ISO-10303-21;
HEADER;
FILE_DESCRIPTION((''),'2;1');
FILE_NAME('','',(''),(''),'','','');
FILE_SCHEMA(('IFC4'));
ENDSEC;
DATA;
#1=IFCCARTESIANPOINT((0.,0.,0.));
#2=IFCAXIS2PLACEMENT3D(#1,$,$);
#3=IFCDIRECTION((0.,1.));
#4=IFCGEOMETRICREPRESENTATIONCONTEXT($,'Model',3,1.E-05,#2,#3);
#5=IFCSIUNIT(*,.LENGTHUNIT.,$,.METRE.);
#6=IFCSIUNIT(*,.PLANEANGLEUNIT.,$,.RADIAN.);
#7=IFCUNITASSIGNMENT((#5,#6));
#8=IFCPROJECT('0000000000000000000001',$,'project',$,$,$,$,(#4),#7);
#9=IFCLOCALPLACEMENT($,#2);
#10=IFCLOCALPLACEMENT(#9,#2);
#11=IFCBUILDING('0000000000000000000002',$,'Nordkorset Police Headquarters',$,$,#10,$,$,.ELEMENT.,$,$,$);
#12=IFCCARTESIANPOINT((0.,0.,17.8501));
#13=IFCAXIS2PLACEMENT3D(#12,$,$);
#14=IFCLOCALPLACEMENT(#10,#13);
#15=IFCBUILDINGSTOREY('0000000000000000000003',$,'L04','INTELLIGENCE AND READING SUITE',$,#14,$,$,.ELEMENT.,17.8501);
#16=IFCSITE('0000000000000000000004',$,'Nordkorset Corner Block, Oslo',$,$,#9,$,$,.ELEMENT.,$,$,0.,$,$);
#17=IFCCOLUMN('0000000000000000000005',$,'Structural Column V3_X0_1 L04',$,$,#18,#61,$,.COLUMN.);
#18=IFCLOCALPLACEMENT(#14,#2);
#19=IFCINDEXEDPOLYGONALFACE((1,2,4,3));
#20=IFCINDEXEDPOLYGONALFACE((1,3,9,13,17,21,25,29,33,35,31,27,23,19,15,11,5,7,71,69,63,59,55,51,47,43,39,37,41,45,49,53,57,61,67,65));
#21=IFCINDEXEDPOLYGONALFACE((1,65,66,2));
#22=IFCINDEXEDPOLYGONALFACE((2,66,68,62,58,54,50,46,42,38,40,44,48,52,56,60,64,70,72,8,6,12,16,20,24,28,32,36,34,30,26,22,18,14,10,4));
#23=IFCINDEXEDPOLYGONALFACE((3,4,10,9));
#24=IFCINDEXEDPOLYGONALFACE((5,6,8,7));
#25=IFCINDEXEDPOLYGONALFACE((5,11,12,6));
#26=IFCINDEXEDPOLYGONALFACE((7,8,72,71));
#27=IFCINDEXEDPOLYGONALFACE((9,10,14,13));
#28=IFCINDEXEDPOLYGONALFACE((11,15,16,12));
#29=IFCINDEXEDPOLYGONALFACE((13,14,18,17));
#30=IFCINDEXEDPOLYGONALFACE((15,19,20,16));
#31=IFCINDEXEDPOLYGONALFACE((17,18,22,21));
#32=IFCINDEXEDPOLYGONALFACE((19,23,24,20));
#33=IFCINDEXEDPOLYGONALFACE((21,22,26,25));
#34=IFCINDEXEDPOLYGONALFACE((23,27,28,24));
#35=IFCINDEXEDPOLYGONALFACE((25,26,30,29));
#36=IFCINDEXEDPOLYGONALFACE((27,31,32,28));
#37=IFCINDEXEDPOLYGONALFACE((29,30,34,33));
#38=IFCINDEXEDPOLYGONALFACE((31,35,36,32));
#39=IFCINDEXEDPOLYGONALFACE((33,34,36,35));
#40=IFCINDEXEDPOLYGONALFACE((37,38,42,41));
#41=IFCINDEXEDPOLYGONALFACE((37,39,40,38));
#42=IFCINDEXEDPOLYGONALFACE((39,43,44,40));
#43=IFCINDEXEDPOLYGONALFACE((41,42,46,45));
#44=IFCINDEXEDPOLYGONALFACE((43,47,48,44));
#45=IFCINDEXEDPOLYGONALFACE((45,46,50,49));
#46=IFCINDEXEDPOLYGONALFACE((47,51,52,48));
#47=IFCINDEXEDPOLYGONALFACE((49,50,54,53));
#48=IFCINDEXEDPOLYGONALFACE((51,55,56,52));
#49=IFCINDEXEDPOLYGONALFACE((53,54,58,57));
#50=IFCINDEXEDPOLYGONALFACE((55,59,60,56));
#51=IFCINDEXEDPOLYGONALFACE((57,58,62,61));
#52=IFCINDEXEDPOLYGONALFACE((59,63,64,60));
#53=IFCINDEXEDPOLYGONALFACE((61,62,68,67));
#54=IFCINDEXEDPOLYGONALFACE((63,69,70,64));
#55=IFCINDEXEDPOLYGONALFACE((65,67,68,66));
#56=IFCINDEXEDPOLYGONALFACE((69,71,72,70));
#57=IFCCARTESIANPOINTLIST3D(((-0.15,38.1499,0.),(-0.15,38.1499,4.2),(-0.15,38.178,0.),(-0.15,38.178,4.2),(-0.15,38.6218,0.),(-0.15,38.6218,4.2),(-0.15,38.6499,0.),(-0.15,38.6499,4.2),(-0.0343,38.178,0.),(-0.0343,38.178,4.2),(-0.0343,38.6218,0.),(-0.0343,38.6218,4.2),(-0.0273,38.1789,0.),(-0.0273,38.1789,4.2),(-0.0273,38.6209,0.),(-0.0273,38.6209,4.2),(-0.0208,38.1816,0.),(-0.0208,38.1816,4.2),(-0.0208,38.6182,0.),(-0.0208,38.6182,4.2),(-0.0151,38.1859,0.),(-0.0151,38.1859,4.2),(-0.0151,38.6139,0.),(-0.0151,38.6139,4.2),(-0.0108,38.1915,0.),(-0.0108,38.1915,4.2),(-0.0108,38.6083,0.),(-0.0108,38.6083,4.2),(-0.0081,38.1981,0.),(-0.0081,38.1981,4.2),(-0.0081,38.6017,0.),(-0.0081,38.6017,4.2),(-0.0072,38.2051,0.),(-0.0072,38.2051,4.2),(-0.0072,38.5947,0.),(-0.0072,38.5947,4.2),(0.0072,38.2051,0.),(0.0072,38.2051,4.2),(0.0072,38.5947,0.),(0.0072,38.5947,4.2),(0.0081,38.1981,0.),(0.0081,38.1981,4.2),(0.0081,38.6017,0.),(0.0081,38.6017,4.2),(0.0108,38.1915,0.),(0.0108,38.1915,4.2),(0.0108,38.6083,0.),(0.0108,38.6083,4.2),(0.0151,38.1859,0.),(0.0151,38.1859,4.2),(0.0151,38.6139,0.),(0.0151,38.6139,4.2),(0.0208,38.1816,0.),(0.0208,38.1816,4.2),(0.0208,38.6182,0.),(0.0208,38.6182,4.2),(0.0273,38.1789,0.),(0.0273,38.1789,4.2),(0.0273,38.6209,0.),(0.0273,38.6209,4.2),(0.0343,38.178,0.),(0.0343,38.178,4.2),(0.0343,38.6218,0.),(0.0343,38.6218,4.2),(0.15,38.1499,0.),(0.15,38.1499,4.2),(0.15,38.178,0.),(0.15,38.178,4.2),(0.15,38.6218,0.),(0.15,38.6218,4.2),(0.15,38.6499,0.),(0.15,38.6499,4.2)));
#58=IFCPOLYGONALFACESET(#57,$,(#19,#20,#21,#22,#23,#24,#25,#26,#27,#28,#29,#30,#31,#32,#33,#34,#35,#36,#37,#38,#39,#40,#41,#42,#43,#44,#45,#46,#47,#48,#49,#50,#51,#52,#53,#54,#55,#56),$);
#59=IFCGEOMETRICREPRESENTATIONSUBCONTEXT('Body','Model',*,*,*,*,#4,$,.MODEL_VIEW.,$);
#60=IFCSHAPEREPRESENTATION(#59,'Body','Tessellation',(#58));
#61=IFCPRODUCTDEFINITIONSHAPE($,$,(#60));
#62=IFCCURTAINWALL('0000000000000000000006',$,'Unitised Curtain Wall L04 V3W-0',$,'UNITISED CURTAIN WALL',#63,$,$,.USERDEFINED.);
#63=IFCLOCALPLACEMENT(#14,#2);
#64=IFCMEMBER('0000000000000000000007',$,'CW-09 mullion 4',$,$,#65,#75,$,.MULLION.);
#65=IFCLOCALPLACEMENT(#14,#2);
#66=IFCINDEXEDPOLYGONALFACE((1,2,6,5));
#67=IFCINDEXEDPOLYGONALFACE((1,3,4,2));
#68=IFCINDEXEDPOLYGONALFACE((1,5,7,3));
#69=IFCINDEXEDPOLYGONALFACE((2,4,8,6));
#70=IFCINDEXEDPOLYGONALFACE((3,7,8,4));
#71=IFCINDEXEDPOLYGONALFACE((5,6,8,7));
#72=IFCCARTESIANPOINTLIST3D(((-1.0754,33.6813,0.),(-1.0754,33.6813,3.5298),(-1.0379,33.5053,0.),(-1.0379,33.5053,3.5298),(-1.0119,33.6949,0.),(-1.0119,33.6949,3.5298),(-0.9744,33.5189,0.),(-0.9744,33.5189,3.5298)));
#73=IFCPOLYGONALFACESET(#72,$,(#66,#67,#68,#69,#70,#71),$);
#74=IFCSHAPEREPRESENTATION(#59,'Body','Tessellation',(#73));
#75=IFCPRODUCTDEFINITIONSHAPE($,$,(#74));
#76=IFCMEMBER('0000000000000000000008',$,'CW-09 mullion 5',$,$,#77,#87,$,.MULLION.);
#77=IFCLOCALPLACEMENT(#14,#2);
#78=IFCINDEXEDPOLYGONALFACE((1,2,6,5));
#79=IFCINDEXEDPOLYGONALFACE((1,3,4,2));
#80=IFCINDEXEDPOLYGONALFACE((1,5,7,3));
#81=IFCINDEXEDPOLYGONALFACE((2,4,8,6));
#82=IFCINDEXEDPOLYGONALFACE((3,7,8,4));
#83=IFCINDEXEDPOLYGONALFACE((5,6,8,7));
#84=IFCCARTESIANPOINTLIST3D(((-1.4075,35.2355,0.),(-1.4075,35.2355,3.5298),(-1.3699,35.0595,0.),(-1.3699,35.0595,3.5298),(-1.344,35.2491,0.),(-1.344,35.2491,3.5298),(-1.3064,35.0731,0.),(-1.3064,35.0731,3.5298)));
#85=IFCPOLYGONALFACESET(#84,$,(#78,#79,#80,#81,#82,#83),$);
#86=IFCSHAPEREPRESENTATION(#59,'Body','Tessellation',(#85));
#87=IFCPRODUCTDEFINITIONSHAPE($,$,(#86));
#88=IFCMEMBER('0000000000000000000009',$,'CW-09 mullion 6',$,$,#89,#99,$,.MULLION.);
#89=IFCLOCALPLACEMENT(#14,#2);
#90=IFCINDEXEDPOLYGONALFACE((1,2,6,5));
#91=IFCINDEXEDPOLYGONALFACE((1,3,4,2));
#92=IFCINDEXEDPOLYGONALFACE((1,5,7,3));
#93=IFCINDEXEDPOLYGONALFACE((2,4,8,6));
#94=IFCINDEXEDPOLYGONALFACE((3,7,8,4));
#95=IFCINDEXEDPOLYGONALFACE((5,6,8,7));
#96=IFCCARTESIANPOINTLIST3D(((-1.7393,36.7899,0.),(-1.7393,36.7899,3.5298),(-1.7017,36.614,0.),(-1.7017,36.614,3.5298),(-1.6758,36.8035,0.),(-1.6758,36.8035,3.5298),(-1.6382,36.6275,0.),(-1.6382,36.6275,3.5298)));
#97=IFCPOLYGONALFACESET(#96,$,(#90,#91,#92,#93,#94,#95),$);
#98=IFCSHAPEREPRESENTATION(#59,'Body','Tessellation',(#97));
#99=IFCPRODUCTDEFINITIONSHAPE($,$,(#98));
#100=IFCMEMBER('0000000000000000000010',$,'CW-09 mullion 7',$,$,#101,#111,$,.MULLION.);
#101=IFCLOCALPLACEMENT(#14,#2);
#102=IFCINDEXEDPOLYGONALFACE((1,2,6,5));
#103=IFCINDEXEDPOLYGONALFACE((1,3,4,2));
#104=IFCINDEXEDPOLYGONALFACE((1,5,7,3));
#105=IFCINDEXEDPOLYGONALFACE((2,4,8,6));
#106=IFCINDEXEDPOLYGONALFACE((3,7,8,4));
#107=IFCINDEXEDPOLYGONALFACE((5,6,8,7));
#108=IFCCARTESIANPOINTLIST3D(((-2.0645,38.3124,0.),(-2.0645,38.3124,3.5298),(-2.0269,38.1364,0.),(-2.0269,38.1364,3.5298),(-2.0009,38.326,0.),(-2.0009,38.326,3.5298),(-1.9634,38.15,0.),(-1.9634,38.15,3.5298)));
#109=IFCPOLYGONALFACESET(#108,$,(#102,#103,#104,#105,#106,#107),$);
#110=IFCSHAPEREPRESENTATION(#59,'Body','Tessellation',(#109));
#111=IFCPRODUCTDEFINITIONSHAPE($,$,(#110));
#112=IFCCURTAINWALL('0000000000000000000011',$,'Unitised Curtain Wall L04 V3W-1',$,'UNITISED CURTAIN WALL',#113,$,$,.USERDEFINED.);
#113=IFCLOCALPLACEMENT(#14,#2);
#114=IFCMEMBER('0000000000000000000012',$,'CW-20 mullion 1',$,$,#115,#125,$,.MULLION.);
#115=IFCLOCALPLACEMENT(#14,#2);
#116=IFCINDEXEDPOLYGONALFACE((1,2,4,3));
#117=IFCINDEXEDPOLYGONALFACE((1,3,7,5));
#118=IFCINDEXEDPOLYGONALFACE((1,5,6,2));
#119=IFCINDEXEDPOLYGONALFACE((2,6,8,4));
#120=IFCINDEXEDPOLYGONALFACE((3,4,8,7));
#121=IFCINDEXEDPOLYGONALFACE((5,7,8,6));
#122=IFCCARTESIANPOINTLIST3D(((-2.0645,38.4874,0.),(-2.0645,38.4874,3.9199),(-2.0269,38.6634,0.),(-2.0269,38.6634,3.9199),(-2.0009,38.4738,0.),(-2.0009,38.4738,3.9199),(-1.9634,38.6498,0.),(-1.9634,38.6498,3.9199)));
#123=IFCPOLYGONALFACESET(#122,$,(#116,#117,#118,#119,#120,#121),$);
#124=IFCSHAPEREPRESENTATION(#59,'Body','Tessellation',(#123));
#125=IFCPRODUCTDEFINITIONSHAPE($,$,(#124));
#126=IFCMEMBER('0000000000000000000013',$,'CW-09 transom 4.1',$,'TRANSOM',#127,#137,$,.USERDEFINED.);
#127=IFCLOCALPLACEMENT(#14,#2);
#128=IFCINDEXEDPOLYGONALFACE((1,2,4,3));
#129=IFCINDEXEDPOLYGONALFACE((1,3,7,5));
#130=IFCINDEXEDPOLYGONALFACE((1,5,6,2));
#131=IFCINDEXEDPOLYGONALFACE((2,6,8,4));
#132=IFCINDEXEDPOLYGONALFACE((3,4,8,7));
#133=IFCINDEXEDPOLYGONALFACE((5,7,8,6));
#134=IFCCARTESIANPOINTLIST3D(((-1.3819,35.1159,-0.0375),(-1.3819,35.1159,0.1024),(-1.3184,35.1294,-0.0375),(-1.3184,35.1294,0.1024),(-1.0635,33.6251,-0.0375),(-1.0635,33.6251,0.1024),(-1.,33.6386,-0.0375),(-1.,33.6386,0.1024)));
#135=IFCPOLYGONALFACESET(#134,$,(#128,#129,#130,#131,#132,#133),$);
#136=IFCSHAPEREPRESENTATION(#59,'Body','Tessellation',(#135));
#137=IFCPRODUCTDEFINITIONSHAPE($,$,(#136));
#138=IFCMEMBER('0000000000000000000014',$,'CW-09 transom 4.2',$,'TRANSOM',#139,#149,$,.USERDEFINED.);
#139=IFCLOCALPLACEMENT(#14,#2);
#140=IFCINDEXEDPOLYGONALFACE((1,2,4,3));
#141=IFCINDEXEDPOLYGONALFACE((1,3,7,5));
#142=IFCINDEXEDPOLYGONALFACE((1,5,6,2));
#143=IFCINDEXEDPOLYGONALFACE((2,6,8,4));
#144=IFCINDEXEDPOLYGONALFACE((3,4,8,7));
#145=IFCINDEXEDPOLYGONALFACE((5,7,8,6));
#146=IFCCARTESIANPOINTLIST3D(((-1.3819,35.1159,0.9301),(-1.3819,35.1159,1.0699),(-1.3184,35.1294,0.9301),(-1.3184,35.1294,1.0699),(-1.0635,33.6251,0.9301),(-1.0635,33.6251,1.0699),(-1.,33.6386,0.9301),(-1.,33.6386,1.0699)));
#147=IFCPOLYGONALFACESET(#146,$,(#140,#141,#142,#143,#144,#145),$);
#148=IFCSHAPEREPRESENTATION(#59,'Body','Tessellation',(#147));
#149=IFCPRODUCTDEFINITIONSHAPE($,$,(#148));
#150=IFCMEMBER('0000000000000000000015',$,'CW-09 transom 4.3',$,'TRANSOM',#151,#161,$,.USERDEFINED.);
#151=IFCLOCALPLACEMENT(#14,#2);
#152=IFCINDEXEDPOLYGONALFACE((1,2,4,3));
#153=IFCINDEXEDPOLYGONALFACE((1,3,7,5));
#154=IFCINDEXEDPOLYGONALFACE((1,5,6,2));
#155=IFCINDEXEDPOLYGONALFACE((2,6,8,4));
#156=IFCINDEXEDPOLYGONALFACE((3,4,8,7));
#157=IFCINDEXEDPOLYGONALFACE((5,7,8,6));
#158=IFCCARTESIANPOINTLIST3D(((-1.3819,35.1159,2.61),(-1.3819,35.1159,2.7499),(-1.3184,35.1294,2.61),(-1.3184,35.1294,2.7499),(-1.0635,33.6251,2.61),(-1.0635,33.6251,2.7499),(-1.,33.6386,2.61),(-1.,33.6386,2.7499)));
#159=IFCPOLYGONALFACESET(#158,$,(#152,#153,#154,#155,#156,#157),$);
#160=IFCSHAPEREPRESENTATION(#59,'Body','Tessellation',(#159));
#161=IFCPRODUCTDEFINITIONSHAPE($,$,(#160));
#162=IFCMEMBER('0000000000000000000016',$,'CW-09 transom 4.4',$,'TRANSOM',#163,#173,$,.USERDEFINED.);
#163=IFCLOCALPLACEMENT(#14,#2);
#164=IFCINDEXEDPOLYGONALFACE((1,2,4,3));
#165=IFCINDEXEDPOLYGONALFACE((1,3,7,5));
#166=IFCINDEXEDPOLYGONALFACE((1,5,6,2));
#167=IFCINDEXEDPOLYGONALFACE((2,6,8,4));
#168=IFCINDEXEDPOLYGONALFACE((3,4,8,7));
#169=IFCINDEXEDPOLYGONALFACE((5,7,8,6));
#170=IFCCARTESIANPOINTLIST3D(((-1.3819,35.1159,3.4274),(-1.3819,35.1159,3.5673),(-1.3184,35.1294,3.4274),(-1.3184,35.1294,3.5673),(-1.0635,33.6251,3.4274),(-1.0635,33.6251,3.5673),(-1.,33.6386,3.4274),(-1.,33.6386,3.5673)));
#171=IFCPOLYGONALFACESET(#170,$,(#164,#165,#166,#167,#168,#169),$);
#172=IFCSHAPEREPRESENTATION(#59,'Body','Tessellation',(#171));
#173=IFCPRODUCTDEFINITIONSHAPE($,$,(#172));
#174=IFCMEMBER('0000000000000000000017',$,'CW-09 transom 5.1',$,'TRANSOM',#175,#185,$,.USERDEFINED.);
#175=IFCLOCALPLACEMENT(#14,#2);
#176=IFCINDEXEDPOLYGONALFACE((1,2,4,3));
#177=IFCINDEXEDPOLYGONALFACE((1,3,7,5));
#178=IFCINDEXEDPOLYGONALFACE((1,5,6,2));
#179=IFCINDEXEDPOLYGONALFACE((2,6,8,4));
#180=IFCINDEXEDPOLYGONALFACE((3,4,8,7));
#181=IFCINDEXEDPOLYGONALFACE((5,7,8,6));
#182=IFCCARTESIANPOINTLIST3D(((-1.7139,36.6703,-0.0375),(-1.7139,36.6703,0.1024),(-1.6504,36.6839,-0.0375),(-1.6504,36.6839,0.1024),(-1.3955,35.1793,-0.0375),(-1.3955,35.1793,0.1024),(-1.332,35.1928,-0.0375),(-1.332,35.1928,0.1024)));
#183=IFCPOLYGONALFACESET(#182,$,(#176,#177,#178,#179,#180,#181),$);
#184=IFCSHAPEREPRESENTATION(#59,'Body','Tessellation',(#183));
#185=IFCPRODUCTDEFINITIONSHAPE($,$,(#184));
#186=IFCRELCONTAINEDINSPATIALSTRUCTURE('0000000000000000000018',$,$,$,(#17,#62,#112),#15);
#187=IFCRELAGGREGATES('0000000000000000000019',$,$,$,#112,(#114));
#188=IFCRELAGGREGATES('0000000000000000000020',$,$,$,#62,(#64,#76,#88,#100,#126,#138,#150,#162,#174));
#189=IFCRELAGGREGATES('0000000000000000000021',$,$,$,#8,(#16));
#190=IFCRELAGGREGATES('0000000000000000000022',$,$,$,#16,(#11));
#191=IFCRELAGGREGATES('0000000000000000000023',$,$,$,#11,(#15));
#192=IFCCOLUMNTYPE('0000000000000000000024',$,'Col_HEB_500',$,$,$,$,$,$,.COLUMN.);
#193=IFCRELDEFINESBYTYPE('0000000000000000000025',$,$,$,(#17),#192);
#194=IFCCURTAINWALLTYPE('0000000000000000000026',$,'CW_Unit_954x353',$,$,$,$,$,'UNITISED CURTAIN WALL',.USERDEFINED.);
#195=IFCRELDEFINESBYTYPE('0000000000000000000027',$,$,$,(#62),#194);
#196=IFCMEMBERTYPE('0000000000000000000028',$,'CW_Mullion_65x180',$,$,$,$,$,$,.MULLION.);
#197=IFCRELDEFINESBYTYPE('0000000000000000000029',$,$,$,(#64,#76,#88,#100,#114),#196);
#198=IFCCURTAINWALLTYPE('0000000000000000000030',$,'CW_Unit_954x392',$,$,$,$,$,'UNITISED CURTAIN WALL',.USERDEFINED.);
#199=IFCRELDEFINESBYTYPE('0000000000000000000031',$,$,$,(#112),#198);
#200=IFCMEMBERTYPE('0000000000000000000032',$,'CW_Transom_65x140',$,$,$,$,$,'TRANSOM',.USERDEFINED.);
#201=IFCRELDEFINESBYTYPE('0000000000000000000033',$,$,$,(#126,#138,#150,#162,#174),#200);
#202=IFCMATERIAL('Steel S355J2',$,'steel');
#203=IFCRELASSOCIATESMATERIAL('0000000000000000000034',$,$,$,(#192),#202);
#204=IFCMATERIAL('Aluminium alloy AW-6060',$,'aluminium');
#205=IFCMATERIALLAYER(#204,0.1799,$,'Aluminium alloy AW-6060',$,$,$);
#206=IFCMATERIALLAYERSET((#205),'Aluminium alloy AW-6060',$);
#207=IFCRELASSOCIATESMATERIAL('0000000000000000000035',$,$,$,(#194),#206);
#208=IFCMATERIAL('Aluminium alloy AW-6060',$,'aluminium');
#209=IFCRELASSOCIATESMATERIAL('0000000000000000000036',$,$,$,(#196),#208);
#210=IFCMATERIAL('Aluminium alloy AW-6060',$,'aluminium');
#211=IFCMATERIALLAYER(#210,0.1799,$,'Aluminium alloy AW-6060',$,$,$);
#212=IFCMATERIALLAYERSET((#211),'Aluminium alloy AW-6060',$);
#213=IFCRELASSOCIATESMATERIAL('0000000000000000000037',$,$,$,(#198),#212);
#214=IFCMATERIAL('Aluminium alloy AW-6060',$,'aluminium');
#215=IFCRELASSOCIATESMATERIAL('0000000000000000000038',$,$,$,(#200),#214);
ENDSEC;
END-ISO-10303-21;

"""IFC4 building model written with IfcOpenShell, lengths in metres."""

from ifc_helpers import new_model, si_unit, direction, frame, origin, origin_2d, place, context, subcontext, project, spatial, rectangle, i_section, extrude, material, layer, layer_set, material_profile, profile_set, type_object, element, aggregate, save


model = new_model("IFC4")

# Units and contexts
model_context = context("Model", 3, precision=1e-05, world=origin(), true_north=direction((0.0, 1.0)))
body_context = subcontext(model_context, "Body", "Model", "MODEL_VIEW")
ifc_project = project(units=[si_unit("LENGTHUNIT", "METRE"), si_unit("PLANEANGLEUNIT", "RADIAN")], contexts=[model_context])

# Site, building, storey
site_placement = place(None, origin())
site = spatial("IfcSite", under=ifc_project, at=site_placement, Name="Nordkorset Corner Block, Oslo", CompositionType="ELEMENT", RefElevation=0.0)
building_placement = place(site_placement, origin())
building = spatial("IfcBuilding", under=site, at=building_placement, Name="Nordkorset Police Headquarters", CompositionType="ELEMENT")
storey_placement = place(building_placement, frame((0.0, 0.0, 17.8501)))
storey = spatial("IfcBuildingStorey", under=building, at=storey_placement, Name="L04", Description="INTELLIGENCE AND READING SUITE", CompositionType="ELEMENT", Elevation=17.8501)

# Column
ifc_material_1 = material(Name="Steel S355J2", Category="steel")
ifc_material_profile_1 = material_profile(ifc_material_1, i_section(OverallWidth=0.3, OverallDepth=0.5, WebThickness=0.0144, FlangeThickness=0.0281, FilletRadius=0.0271, at=origin_2d()), Name="HEB 500")
ifc_profile_set_1 = profile_set([ifc_material_profile_1], Name="Steel S355J2")
column_type = type_object("IfcColumnType", Name="Col_HEB_500", PredefinedType="COLUMN", material=ifc_profile_set_1)
column_placement = place(storey_placement, frame((0.0, 38.3999, 0.0), z_axis=(0.0, 0.0, 1.0), x_axis=(1.0, 0.0, 0.0)))
element("IfcColumn", 1, at=column_placement, inside=storey, type_object=column_type, Name="Structural Column V3_X0_1 L04", PredefinedType="COLUMN", context=body_context, shape_type="SweptSolid", body=[
    extrude(i_section(OverallWidth=0.3, OverallDepth=0.5, WebThickness=0.0144, FlangeThickness=0.0281, FilletRadius=0.0271, at=origin_2d()), origin(), (0.0, 0.0, 1.0), 4.2),
])

# Curtain wall, members
ifc_material_2 = material(Name="Aluminium alloy AW-6060", Category="aluminium")
ifc_layer_1 = layer(ifc_material_2, 0.1799, Name="Aluminium alloy AW-6060")
ifc_layer_set_1 = layer_set([ifc_layer_1], Name="Aluminium alloy AW-6060")
curtain_wall_type_1 = type_object("IfcCurtainWallType", Name="CW_Unit_954x353", ElementType="UNITISED CURTAIN WALL", PredefinedType="USERDEFINED", material=ifc_layer_set_1)
curtain_wall_1_placement = place(storey_placement, origin())
curtain_wall_1 = element("IfcCurtainWall", 2, at=curtain_wall_1_placement, inside=storey, type_object=curtain_wall_type_1, Name="Unitised Curtain Wall L04 V3W-0", ObjectType="UNITISED CURTAIN WALL", PredefinedType="USERDEFINED")
ifc_material_3 = material(Name="Aluminium alloy AW-6060", Category="aluminium")
ifc_material_profile_2 = material_profile(ifc_material_3, rectangle(XDim=0.0649, YDim=0.1799, at=origin_2d()), Name="ALU MULL 65x180")
ifc_profile_set_2 = profile_set([ifc_material_profile_2], Name="Aluminium alloy AW-6060")
member_type_1 = type_object("IfcMemberType", Name="CW_Mullion_65x180", PredefinedType="MULLION", material=ifc_profile_set_2)
member_1_placement = place(storey_placement, frame((-1.0249, 33.6001, 0.0), z_axis=(0.0, 0.0, 1.0), x_axis=(-0.977951, -0.208833, 0.0)))
member_1 = element("IfcMember", 3, at=member_1_placement, type_object=member_type_1, Name="CW-09 mullion 4", PredefinedType="MULLION", context=body_context, shape_type="SweptSolid", body=[
    extrude(rectangle(XDim=0.0649, YDim=0.1799, at=origin_2d()), origin(), (0.0, 0.0, 1.0), 3.5298),
])
member_2_placement = place(storey_placement, frame((-1.3569, 35.1543, 0.0), z_axis=(0.0, 0.0, 1.0), x_axis=(-0.977951, -0.208833, 0.0)))
member_2 = element("IfcMember", 4, at=member_2_placement, type_object=member_type_1, Name="CW-09 mullion 5", PredefinedType="MULLION", context=body_context, shape_type="SweptSolid", body=[
    extrude(rectangle(XDim=0.0649, YDim=0.1799, at=origin_2d()), origin(), (0.0, 0.0, 1.0), 3.5298),
])
member_3_placement = place(storey_placement, frame((-1.6887, 36.7087, 0.0), z_axis=(0.0, 0.0, 1.0), x_axis=(-0.977951, -0.208833, 0.0)))
member_3 = element("IfcMember", 5, at=member_3_placement, type_object=member_type_1, Name="CW-09 mullion 6", PredefinedType="MULLION", context=body_context, shape_type="SweptSolid", body=[
    extrude(rectangle(XDim=0.0649, YDim=0.1799, at=origin_2d()), origin(), (0.0, 0.0, 1.0), 3.5298),
])
member_4_placement = place(storey_placement, frame((-2.0139, 38.2312, 0.0), z_axis=(0.0, 0.0, 1.0), x_axis=(-0.977951, -0.208833, 0.0)))
member_4 = element("IfcMember", 6, at=member_4_placement, type_object=member_type_1, Name="CW-09 mullion 7", PredefinedType="MULLION", context=body_context, shape_type="SweptSolid", body=[
    extrude(rectangle(XDim=0.0649, YDim=0.1799, at=origin_2d()), origin(), (0.0, 0.0, 1.0), 3.5298),
])

# Curtain wall, member
ifc_material_4 = material(Name="Aluminium alloy AW-6060", Category="aluminium")
ifc_layer_2 = layer(ifc_material_4, 0.1799, Name="Aluminium alloy AW-6060")
ifc_layer_set_2 = layer_set([ifc_layer_2], Name="Aluminium alloy AW-6060")
curtain_wall_type_2 = type_object("IfcCurtainWallType", Name="CW_Unit_954x392", ElementType="UNITISED CURTAIN WALL", PredefinedType="USERDEFINED", material=ifc_layer_set_2)
curtain_wall_2_placement = place(storey_placement, origin())
curtain_wall_2 = element("IfcCurtainWall", 7, at=curtain_wall_2_placement, inside=storey, type_object=curtain_wall_type_2, Name="Unitised Curtain Wall L04 V3W-1", ObjectType="UNITISED CURTAIN WALL", PredefinedType="USERDEFINED")
member_5_placement = place(storey_placement, frame((-2.0139, 38.5686, 0.0), z_axis=(0.0, 0.0, 1.0), x_axis=(-0.977951, 0.208833, 0.0)))
member_5 = element("IfcMember", 8, at=member_5_placement, type_object=member_type_1, Name="CW-20 mullion 1", PredefinedType="MULLION", context=body_context, shape_type="SweptSolid", body=[
    extrude(rectangle(XDim=0.0649, YDim=0.1799, at=origin_2d()), origin(), (0.0, 0.0, 1.0), 3.9199),
])

# Members
ifc_material_5 = material(Name="Aluminium alloy AW-6060", Category="aluminium")
ifc_material_profile_3 = material_profile(ifc_material_5, rectangle(XDim=0.0649, YDim=0.1399, at=origin_2d()), Name="ALU TRAN 65x140")
ifc_profile_set_3 = profile_set([ifc_material_profile_3], Name="Aluminium alloy AW-6060")
member_type_2 = type_object("IfcMemberType", Name="CW_Transom_65x140", ElementType="TRANSOM", PredefinedType="USERDEFINED", material=ifc_profile_set_3)
member_6_placement = place(storey_placement, frame((-1.0317, 33.6318, 0.0325), z_axis=(-0.208851, 0.977947, 0.0), x_axis=(-0.977947, -0.208851, 0.0)))
member_6 = element("IfcMember", 9, at=member_6_placement, type_object=member_type_2, Name="CW-09 transom 4.1", ObjectType="TRANSOM", PredefinedType="USERDEFINED", context=body_context, shape_type="SweptSolid", body=[
    extrude(rectangle(XDim=0.0649, YDim=0.1399, at=origin_2d()), origin(), (0.0, 0.0, 1.0), 1.5244),
])
member_7_placement = place(storey_placement, frame((-1.0317, 33.6318, 1.0), z_axis=(-0.208851, 0.977947, 0.0), x_axis=(-0.977947, -0.208851, 0.0)))
member_7 = element("IfcMember", 10, at=member_7_placement, type_object=member_type_2, Name="CW-09 transom 4.2", ObjectType="TRANSOM", PredefinedType="USERDEFINED", context=body_context, shape_type="SweptSolid", body=[
    extrude(rectangle(XDim=0.0649, YDim=0.1399, at=origin_2d()), origin(), (0.0, 0.0, 1.0), 1.5244),
])
member_8_placement = place(storey_placement, frame((-1.0317, 33.6318, 2.6799), z_axis=(-0.208851, 0.977947, 0.0), x_axis=(-0.977947, -0.208851, 0.0)))
member_8 = element("IfcMember", 11, at=member_8_placement, type_object=member_type_2, Name="CW-09 transom 4.3", ObjectType="TRANSOM", PredefinedType="USERDEFINED", context=body_context, shape_type="SweptSolid", body=[
    extrude(rectangle(XDim=0.0649, YDim=0.1399, at=origin_2d()), origin(), (0.0, 0.0, 1.0), 1.5244),
])
member_9_placement = place(storey_placement, frame((-1.0317, 33.6318, 3.4973), z_axis=(-0.208851, 0.977947, 0.0), x_axis=(-0.977947, -0.208851, 0.0)))
member_9 = element("IfcMember", 12, at=member_9_placement, type_object=member_type_2, Name="CW-09 transom 4.4", ObjectType="TRANSOM", PredefinedType="USERDEFINED", context=body_context, shape_type="SweptSolid", body=[
    extrude(rectangle(XDim=0.0649, YDim=0.1399, at=origin_2d()), origin(), (0.0, 0.0, 1.0), 1.5244),
])
member_10_placement = place(storey_placement, frame((-1.3638, 35.186, 0.0325), z_axis=(-0.208818, 0.977954, 0.0), x_axis=(-0.977954, -0.208818, 0.0)))
member_10 = element("IfcMember", 13, at=member_10_placement, type_object=member_type_2, Name="CW-09 transom 5.1", ObjectType="TRANSOM", PredefinedType="USERDEFINED", context=body_context, shape_type="SweptSolid", body=[
    extrude(rectangle(XDim=0.0649, YDim=0.1399, at=origin_2d()), origin(), (0.0, 0.0, 1.0), 1.5247),
])
aggregate(curtain_wall_2, [member_5])

aggregate(curtain_wall_1, [member_1, member_2, member_3, member_4, member_6, member_7, member_8, member_9, member_10])

save(model, "model.ifc")
